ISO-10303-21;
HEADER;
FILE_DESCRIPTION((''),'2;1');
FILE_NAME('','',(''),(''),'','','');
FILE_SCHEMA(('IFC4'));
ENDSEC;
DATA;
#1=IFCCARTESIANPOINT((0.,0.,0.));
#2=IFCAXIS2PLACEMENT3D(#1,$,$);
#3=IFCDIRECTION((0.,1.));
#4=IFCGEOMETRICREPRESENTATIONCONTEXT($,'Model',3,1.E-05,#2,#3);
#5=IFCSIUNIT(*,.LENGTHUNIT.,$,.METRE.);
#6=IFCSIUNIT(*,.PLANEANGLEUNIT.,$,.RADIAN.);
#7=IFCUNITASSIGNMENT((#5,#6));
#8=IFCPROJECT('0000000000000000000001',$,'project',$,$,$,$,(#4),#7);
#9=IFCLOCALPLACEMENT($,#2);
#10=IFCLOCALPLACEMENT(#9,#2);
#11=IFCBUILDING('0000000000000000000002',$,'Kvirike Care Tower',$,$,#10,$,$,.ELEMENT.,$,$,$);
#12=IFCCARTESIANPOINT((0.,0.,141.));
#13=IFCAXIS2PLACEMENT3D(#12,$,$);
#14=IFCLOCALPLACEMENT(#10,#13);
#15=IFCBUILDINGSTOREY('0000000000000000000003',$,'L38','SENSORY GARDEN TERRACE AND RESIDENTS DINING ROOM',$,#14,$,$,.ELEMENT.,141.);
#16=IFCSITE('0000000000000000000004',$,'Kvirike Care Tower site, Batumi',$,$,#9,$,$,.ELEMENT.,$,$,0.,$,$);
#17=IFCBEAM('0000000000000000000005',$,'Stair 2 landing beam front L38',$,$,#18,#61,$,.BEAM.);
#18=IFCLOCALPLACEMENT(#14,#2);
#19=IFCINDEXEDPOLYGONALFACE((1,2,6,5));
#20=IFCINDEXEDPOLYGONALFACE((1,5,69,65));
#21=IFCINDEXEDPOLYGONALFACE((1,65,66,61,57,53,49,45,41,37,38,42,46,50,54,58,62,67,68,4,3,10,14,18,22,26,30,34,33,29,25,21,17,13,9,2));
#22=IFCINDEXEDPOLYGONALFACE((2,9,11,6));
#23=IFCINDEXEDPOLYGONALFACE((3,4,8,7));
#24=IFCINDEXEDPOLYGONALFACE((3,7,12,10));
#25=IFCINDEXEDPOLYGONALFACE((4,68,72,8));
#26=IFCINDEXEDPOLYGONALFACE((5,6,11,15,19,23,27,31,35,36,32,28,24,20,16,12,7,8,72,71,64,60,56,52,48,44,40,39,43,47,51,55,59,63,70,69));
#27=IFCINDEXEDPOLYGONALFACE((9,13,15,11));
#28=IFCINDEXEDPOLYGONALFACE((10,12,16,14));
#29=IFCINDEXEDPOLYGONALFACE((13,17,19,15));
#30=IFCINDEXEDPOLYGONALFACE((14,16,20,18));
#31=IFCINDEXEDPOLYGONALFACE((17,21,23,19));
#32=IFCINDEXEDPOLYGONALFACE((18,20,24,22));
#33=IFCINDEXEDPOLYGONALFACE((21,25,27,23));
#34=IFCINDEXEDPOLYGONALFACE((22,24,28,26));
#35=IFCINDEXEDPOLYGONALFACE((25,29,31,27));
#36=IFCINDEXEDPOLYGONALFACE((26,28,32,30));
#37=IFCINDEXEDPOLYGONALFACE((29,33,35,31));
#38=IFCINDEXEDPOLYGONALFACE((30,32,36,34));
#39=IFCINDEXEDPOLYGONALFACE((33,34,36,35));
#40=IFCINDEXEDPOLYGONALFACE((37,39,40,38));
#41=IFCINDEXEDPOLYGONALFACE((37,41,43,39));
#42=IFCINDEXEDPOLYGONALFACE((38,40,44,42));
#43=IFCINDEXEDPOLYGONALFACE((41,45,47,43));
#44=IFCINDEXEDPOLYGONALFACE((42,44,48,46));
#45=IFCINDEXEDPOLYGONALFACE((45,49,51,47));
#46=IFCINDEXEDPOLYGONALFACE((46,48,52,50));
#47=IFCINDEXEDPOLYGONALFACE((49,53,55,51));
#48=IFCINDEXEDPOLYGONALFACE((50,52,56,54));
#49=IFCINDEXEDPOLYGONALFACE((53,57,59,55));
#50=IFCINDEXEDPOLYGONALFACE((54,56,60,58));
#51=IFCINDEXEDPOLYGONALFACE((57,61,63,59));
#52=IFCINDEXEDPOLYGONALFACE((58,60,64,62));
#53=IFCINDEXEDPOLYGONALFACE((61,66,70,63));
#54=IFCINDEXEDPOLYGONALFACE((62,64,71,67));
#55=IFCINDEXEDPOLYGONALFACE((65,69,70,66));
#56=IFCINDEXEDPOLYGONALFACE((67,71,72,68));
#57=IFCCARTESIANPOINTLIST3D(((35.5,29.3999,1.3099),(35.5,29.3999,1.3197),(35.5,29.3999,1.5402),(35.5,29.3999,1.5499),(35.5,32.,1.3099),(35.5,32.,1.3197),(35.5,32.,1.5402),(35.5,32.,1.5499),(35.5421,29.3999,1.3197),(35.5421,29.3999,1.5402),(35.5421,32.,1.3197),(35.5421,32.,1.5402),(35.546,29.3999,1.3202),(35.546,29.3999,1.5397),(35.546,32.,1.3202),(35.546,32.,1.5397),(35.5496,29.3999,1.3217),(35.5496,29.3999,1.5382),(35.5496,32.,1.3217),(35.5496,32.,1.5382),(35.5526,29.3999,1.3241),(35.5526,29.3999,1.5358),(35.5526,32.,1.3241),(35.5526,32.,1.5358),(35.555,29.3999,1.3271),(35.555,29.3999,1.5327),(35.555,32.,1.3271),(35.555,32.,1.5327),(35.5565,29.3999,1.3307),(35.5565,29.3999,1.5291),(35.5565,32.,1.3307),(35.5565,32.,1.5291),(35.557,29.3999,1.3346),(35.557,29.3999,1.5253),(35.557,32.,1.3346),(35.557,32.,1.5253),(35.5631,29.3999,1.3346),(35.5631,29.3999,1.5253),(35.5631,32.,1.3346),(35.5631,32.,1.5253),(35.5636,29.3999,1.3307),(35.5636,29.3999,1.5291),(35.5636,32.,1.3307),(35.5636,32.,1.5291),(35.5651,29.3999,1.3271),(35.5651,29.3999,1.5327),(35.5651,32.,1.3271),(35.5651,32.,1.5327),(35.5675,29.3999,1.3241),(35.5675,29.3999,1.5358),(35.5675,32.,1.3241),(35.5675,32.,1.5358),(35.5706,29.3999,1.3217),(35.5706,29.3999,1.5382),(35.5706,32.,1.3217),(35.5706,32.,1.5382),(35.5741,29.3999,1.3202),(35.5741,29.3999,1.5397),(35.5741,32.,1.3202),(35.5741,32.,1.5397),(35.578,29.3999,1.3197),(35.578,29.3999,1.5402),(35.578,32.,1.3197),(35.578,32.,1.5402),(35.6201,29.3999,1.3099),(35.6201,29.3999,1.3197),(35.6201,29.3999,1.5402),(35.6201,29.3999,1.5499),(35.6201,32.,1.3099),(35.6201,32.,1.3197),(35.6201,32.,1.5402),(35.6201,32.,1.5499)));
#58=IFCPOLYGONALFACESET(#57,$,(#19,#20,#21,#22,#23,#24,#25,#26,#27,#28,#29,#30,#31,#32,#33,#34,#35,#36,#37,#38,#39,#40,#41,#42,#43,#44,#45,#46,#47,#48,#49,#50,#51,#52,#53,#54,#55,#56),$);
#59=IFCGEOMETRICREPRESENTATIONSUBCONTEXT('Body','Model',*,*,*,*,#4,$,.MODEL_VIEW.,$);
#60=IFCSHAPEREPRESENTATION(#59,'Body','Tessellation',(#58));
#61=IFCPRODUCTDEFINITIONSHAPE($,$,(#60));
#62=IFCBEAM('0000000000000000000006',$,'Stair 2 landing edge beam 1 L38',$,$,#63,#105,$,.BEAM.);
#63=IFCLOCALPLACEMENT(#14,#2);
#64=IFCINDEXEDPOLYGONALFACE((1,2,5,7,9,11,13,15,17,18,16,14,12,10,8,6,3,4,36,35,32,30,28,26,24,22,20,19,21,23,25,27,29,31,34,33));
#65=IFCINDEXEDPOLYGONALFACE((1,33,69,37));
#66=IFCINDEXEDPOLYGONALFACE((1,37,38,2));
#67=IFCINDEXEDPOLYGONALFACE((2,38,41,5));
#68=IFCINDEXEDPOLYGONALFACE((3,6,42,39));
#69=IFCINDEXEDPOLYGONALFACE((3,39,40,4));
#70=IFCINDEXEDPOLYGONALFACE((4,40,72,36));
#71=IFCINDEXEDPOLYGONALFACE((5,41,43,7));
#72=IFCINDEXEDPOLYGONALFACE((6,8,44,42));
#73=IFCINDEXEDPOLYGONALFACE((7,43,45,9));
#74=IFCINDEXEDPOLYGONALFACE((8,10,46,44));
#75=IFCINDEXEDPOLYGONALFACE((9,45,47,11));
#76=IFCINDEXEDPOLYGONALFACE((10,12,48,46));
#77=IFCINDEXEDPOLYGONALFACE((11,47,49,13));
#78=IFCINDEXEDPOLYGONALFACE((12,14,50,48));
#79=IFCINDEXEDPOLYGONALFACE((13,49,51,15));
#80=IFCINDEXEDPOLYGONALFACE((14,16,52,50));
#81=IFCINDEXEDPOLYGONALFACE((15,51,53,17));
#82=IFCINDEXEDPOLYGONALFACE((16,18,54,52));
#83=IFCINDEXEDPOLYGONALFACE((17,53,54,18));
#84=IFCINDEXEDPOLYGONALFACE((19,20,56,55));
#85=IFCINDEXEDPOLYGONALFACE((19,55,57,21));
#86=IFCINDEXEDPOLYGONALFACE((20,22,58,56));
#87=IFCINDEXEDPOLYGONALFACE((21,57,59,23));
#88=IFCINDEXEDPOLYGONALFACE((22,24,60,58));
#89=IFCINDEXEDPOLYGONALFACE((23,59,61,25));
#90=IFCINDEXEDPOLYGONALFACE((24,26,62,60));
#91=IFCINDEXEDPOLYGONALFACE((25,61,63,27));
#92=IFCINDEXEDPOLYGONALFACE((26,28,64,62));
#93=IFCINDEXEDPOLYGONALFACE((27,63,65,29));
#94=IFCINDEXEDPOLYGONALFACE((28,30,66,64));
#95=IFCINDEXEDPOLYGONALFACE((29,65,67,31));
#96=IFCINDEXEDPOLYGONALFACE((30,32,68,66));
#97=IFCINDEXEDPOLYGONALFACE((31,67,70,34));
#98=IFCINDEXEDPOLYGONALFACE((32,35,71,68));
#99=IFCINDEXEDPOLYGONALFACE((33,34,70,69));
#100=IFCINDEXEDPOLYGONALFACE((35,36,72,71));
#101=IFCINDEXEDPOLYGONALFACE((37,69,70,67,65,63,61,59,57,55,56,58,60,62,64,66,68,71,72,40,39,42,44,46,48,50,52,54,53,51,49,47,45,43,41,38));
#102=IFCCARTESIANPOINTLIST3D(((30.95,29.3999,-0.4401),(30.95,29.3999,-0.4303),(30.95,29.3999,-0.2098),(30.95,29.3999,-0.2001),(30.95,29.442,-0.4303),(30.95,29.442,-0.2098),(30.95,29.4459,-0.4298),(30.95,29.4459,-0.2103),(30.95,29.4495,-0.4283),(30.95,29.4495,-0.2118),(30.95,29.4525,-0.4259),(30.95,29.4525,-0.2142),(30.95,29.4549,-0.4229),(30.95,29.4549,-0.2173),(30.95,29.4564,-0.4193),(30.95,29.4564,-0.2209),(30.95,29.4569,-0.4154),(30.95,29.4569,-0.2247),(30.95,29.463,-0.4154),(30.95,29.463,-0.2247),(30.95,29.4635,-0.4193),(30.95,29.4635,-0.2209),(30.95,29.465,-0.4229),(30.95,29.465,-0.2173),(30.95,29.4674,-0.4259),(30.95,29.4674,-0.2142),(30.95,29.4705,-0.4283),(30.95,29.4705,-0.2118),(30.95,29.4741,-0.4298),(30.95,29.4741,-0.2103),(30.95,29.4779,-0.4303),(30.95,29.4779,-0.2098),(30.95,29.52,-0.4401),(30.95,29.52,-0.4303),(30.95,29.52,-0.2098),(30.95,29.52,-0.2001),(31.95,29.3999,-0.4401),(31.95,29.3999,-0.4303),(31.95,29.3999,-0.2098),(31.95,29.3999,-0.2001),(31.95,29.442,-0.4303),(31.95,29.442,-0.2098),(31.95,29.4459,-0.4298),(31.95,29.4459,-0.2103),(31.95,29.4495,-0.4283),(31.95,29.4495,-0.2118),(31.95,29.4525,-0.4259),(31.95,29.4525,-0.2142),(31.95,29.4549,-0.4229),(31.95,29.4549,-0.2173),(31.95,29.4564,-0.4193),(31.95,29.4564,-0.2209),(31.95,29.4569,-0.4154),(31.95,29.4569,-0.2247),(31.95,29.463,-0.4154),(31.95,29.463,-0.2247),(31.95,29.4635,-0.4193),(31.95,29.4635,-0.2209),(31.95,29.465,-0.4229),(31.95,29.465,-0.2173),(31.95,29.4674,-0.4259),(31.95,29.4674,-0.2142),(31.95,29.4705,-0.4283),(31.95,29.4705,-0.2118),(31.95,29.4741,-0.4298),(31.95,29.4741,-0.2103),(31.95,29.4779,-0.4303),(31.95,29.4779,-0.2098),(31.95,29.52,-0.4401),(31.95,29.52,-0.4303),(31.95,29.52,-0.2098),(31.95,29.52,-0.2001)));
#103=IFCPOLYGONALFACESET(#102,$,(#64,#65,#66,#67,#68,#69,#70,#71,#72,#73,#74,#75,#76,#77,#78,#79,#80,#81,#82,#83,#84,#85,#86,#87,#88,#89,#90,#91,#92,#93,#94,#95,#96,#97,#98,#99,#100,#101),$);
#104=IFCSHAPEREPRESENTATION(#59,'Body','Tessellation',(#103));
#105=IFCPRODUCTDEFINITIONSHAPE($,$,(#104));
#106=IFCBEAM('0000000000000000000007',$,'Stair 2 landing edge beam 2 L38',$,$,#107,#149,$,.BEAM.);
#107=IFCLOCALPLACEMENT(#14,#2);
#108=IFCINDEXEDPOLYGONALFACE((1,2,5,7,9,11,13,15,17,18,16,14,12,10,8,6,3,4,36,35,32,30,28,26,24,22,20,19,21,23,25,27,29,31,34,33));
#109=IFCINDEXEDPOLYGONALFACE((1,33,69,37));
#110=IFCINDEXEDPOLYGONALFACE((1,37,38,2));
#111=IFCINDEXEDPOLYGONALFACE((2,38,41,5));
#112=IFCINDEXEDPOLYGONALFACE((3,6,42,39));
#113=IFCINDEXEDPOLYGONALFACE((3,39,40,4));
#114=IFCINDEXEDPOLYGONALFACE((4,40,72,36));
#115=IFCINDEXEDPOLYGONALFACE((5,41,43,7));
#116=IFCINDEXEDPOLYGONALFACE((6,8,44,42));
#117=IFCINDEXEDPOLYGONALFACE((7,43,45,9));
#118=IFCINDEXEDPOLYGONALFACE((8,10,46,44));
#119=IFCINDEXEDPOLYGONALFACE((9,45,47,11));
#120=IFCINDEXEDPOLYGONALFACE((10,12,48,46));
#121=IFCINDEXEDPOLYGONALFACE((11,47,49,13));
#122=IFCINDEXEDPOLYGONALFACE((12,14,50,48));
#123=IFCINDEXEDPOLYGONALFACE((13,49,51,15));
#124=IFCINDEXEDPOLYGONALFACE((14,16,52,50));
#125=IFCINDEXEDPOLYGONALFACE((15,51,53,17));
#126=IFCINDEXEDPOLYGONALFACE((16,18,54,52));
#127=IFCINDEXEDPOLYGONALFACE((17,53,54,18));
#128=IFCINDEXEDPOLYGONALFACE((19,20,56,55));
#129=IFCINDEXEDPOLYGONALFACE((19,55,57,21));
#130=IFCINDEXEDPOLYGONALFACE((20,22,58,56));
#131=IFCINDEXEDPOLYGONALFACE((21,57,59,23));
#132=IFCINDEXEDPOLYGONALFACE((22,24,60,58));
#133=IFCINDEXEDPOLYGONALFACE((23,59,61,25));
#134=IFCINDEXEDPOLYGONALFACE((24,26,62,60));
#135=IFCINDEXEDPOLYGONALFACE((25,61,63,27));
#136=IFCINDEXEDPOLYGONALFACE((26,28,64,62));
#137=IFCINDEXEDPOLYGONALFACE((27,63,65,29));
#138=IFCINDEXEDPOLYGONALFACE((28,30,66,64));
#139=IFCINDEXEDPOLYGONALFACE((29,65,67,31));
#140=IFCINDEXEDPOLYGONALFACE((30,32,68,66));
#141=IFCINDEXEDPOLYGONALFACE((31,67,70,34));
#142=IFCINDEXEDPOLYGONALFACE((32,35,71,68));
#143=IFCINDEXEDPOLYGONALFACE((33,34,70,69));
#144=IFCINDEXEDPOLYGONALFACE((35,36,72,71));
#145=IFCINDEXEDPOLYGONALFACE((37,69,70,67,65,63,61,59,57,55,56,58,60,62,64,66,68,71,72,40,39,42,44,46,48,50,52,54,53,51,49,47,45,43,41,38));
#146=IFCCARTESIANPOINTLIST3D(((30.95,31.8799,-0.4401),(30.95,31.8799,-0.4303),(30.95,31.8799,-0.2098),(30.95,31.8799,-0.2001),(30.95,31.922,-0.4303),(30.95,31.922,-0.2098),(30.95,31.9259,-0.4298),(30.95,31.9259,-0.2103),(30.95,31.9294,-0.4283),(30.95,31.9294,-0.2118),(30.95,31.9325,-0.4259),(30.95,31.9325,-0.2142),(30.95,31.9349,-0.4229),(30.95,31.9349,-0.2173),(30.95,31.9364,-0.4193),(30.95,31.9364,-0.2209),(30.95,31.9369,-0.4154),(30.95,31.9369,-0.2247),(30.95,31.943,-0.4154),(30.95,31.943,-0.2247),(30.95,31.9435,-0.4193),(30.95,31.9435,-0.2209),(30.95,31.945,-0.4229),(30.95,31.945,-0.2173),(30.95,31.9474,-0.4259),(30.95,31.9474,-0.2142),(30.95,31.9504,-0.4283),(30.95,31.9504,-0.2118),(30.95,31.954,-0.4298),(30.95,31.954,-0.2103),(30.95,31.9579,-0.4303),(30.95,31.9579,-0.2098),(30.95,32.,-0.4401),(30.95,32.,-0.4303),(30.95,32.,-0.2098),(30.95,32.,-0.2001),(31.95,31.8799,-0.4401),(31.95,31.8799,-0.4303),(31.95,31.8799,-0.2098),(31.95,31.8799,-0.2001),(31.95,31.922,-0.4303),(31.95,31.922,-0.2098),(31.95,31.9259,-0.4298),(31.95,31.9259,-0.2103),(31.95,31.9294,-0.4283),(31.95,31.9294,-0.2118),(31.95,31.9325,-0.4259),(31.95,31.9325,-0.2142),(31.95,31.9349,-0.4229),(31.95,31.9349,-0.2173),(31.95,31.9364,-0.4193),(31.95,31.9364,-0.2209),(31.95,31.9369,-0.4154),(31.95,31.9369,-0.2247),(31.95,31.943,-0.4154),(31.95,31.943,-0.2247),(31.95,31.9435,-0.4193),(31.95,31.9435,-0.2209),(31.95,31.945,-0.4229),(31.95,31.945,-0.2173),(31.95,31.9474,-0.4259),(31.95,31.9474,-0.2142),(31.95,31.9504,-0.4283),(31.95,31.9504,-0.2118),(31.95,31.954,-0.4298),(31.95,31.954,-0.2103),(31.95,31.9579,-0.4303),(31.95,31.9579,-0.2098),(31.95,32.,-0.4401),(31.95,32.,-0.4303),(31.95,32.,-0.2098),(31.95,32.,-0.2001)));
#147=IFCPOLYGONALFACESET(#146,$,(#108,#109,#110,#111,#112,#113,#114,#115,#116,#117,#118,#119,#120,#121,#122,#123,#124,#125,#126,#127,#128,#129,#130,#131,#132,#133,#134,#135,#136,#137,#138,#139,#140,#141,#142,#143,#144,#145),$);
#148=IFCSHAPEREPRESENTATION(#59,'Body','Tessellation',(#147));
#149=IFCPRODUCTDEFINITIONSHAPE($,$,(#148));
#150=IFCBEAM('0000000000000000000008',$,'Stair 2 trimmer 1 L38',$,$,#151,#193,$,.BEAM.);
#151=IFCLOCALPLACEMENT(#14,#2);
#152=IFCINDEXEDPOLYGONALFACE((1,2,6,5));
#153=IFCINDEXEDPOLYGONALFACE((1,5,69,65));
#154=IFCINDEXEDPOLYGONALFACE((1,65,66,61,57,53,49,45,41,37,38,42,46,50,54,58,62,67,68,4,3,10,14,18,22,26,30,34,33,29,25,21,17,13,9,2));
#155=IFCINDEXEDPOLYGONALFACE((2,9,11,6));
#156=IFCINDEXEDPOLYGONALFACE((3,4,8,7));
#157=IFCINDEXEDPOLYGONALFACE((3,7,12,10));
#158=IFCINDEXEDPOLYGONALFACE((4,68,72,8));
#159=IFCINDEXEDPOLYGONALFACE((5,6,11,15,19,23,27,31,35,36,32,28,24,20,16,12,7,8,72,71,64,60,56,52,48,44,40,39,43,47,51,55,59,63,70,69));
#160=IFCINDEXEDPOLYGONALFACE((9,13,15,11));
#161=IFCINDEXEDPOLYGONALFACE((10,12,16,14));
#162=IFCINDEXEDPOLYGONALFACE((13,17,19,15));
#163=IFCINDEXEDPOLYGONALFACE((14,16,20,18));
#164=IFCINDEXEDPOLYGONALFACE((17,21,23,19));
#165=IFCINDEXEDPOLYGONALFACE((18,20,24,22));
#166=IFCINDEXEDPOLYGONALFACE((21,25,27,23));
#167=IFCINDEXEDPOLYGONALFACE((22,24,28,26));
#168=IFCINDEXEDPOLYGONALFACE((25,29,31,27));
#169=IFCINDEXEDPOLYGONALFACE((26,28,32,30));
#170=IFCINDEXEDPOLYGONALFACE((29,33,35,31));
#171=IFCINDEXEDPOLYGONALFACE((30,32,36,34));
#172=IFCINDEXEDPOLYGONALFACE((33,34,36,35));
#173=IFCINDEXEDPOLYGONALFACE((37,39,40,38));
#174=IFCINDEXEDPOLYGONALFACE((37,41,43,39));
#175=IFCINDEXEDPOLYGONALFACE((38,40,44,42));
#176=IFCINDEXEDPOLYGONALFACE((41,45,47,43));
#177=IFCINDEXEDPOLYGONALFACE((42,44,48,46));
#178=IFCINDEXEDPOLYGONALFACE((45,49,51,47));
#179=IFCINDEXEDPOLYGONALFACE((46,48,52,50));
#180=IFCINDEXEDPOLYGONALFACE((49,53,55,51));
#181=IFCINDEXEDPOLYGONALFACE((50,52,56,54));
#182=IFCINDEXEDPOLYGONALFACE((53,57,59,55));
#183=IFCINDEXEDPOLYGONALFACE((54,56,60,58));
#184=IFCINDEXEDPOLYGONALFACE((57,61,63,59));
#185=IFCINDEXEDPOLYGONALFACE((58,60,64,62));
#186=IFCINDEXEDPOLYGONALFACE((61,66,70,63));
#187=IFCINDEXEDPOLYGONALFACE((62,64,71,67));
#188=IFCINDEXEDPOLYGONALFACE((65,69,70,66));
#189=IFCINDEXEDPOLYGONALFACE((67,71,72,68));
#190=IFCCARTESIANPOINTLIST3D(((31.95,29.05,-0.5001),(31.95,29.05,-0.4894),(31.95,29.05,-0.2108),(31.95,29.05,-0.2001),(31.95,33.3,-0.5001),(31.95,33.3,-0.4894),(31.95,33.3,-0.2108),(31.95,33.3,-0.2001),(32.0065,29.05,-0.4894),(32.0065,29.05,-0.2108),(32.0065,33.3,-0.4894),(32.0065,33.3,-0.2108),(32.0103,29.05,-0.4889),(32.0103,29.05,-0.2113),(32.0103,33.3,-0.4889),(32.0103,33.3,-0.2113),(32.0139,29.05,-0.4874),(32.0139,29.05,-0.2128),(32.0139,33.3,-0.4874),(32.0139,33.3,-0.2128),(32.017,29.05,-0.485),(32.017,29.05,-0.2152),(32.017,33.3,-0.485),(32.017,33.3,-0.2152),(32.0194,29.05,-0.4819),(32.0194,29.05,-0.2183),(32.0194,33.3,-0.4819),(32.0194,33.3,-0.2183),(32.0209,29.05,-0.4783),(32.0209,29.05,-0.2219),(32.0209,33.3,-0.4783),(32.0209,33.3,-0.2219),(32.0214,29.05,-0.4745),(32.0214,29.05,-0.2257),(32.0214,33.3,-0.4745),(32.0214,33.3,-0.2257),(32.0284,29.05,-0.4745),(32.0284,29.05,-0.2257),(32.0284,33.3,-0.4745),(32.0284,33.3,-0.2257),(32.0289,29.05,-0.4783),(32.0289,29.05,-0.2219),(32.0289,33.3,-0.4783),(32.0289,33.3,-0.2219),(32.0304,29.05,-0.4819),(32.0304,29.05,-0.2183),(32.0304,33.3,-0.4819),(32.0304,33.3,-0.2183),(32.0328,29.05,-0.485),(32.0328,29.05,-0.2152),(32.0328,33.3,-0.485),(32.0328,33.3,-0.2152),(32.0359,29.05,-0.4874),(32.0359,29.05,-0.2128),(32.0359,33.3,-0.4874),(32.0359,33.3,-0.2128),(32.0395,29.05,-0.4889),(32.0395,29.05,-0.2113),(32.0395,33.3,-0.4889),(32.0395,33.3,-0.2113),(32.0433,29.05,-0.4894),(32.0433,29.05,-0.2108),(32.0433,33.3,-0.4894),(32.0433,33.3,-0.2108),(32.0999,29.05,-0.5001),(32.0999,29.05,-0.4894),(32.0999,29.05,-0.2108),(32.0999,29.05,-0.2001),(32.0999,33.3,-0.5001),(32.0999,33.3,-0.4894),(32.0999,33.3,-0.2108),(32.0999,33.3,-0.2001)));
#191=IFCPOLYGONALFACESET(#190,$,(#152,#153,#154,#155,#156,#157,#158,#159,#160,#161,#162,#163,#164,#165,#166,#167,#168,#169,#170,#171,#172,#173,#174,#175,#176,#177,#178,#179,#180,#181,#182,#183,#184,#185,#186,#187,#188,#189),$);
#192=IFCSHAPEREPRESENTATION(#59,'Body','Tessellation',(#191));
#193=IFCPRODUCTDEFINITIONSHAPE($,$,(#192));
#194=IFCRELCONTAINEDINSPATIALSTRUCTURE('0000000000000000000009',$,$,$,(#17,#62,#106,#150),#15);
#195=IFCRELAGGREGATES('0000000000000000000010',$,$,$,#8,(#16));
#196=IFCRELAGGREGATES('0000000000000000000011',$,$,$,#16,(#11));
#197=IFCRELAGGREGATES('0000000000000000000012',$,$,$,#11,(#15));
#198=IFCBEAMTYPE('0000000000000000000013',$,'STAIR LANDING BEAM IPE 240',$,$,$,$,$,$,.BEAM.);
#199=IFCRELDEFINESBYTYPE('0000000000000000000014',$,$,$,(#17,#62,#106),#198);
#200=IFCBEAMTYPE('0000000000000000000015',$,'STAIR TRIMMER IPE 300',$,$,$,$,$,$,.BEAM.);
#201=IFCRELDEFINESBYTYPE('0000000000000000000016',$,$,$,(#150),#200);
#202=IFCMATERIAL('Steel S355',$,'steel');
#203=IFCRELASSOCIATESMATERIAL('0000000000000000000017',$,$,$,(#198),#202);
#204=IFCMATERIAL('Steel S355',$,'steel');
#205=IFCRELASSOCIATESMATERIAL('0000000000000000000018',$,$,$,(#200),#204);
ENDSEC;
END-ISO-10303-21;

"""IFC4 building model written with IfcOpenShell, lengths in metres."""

from ifc_helpers import new_model, si_unit, direction, frame, origin, origin_2d, place, context, subcontext, project, spatial, i_section, extrude, material, material_profile, profile_set, type_object, element, save


model = new_model("IFC4")

# Units and contexts
model_context = context("Model", 3, precision=1e-05, world=origin(), true_north=direction((0.0, 1.0)))
body_context = subcontext(model_context, "Body", "Model", "MODEL_VIEW")
ifc_project = project(units=[si_unit("LENGTHUNIT", "METRE"), si_unit("PLANEANGLEUNIT", "RADIAN")], contexts=[model_context])

# Site, building, storey
site_placement = place(None, origin())
site = spatial("IfcSite", under=ifc_project, at=site_placement, Name="Kvirike Care Tower site, Batumi", CompositionType="ELEMENT", RefElevation=0.0)
building_placement = place(site_placement, origin())
building = spatial("IfcBuilding", under=site, at=building_placement, Name="Kvirike Care Tower", CompositionType="ELEMENT")
storey_placement = place(building_placement, frame((0.0, 0.0, 141.0)))
storey = spatial("IfcBuildingStorey", under=building, at=storey_placement, Name="L38", Description="SENSORY GARDEN TERRACE AND RESIDENTS DINING ROOM", CompositionType="ELEMENT", Elevation=141.0)

# Beams
ifc_material_1 = material(Name="Steel S355", Category="steel")
ifc_material_profile_1 = material_profile(ifc_material_1, i_section(OverallWidth=0.1201, OverallDepth=0.24, WebThickness=0.0061, FlangeThickness=0.0098, FilletRadius=0.0149, at=origin_2d()), Name="IPE 240")
ifc_profile_set_1 = profile_set([ifc_material_profile_1], Name="Steel S355")
beam_type_1 = type_object("IfcBeamType", Name="STAIR LANDING BEAM IPE 240", PredefinedType="BEAM", material=ifc_profile_set_1)
for number, where, z_axis, x_axis, name in (
    (1, (35.5601, 29.3999, 1.4299), (0.0, 1.0, 0.0), (-1.0, 0.0, 0.0), "Stair 2 landing beam front L38"),
):
    element("IfcBeam", number, at=place(storey_placement, frame(where, z_axis=z_axis, x_axis=x_axis)), inside=storey, type_object=beam_type_1, Name=name, PredefinedType="BEAM", context=body_context, shape_type="SweptSolid", body=[
        extrude(i_section(OverallWidth=0.1201, OverallDepth=0.24, WebThickness=0.0061, FlangeThickness=0.0098, FilletRadius=0.0149, at=origin_2d()), origin(), (0.0, 0.0, 1.0), 2.6001),
    ])
for number, where, z_axis, x_axis, name in (
    (2, (31.95, 29.46, -0.3201), (-1.0, 0.0, 0.0), (0.0, -1.0, 0.0), "Stair 2 landing edge beam 1 L38"),
    (3, (31.95, 31.9399, -0.3201), (-1.0, 0.0, 0.0), (0.0, -1.0, 0.0), "Stair 2 landing edge beam 2 L38"),
):
    element("IfcBeam", number, at=place(storey_placement, frame(where, z_axis=z_axis, x_axis=x_axis)), inside=storey, type_object=beam_type_1, Name=name, PredefinedType="BEAM", context=body_context, shape_type="SweptSolid", body=[
        extrude(i_section(OverallWidth=0.1201, OverallDepth=0.24, WebThickness=0.0061, FlangeThickness=0.0098, FilletRadius=0.0149, at=origin_2d()), origin(), (0.0, 0.0, 1.0), 1.0),
    ])
ifc_material_2 = material(Name="Steel S355", Category="steel")
ifc_material_profile_2 = material_profile(ifc_material_2, i_section(OverallWidth=0.1499, OverallDepth=0.3, WebThickness=0.0071, FlangeThickness=0.0107, FilletRadius=0.0149, at=origin_2d()), Name="IPE 300")
ifc_profile_set_2 = profile_set([ifc_material_profile_2], Name="Steel S355")
beam_type_2 = type_object("IfcBeamType", Name="STAIR TRIMMER IPE 300", PredefinedType="BEAM", material=ifc_profile_set_2)
for number, where, z_axis, x_axis, name in (
    (4, (32.0249, 29.05, -0.3501), (0.0, 1.0, 0.0), (-1.0, 0.0, 0.0), "Stair 2 trimmer 1 L38"),
):
    element("IfcBeam", number, at=place(storey_placement, frame(where, z_axis=z_axis, x_axis=x_axis)), inside=storey, type_object=beam_type_2, Name=name, PredefinedType="BEAM", context=body_context, shape_type="SweptSolid", body=[
        extrude(i_section(OverallWidth=0.1499, OverallDepth=0.3, WebThickness=0.0071, FlangeThickness=0.0107, FilletRadius=0.0149, at=origin_2d()), origin(), (0.0, 0.0, 1.0), 4.25),
    ])

save(model, "model.ifc")
